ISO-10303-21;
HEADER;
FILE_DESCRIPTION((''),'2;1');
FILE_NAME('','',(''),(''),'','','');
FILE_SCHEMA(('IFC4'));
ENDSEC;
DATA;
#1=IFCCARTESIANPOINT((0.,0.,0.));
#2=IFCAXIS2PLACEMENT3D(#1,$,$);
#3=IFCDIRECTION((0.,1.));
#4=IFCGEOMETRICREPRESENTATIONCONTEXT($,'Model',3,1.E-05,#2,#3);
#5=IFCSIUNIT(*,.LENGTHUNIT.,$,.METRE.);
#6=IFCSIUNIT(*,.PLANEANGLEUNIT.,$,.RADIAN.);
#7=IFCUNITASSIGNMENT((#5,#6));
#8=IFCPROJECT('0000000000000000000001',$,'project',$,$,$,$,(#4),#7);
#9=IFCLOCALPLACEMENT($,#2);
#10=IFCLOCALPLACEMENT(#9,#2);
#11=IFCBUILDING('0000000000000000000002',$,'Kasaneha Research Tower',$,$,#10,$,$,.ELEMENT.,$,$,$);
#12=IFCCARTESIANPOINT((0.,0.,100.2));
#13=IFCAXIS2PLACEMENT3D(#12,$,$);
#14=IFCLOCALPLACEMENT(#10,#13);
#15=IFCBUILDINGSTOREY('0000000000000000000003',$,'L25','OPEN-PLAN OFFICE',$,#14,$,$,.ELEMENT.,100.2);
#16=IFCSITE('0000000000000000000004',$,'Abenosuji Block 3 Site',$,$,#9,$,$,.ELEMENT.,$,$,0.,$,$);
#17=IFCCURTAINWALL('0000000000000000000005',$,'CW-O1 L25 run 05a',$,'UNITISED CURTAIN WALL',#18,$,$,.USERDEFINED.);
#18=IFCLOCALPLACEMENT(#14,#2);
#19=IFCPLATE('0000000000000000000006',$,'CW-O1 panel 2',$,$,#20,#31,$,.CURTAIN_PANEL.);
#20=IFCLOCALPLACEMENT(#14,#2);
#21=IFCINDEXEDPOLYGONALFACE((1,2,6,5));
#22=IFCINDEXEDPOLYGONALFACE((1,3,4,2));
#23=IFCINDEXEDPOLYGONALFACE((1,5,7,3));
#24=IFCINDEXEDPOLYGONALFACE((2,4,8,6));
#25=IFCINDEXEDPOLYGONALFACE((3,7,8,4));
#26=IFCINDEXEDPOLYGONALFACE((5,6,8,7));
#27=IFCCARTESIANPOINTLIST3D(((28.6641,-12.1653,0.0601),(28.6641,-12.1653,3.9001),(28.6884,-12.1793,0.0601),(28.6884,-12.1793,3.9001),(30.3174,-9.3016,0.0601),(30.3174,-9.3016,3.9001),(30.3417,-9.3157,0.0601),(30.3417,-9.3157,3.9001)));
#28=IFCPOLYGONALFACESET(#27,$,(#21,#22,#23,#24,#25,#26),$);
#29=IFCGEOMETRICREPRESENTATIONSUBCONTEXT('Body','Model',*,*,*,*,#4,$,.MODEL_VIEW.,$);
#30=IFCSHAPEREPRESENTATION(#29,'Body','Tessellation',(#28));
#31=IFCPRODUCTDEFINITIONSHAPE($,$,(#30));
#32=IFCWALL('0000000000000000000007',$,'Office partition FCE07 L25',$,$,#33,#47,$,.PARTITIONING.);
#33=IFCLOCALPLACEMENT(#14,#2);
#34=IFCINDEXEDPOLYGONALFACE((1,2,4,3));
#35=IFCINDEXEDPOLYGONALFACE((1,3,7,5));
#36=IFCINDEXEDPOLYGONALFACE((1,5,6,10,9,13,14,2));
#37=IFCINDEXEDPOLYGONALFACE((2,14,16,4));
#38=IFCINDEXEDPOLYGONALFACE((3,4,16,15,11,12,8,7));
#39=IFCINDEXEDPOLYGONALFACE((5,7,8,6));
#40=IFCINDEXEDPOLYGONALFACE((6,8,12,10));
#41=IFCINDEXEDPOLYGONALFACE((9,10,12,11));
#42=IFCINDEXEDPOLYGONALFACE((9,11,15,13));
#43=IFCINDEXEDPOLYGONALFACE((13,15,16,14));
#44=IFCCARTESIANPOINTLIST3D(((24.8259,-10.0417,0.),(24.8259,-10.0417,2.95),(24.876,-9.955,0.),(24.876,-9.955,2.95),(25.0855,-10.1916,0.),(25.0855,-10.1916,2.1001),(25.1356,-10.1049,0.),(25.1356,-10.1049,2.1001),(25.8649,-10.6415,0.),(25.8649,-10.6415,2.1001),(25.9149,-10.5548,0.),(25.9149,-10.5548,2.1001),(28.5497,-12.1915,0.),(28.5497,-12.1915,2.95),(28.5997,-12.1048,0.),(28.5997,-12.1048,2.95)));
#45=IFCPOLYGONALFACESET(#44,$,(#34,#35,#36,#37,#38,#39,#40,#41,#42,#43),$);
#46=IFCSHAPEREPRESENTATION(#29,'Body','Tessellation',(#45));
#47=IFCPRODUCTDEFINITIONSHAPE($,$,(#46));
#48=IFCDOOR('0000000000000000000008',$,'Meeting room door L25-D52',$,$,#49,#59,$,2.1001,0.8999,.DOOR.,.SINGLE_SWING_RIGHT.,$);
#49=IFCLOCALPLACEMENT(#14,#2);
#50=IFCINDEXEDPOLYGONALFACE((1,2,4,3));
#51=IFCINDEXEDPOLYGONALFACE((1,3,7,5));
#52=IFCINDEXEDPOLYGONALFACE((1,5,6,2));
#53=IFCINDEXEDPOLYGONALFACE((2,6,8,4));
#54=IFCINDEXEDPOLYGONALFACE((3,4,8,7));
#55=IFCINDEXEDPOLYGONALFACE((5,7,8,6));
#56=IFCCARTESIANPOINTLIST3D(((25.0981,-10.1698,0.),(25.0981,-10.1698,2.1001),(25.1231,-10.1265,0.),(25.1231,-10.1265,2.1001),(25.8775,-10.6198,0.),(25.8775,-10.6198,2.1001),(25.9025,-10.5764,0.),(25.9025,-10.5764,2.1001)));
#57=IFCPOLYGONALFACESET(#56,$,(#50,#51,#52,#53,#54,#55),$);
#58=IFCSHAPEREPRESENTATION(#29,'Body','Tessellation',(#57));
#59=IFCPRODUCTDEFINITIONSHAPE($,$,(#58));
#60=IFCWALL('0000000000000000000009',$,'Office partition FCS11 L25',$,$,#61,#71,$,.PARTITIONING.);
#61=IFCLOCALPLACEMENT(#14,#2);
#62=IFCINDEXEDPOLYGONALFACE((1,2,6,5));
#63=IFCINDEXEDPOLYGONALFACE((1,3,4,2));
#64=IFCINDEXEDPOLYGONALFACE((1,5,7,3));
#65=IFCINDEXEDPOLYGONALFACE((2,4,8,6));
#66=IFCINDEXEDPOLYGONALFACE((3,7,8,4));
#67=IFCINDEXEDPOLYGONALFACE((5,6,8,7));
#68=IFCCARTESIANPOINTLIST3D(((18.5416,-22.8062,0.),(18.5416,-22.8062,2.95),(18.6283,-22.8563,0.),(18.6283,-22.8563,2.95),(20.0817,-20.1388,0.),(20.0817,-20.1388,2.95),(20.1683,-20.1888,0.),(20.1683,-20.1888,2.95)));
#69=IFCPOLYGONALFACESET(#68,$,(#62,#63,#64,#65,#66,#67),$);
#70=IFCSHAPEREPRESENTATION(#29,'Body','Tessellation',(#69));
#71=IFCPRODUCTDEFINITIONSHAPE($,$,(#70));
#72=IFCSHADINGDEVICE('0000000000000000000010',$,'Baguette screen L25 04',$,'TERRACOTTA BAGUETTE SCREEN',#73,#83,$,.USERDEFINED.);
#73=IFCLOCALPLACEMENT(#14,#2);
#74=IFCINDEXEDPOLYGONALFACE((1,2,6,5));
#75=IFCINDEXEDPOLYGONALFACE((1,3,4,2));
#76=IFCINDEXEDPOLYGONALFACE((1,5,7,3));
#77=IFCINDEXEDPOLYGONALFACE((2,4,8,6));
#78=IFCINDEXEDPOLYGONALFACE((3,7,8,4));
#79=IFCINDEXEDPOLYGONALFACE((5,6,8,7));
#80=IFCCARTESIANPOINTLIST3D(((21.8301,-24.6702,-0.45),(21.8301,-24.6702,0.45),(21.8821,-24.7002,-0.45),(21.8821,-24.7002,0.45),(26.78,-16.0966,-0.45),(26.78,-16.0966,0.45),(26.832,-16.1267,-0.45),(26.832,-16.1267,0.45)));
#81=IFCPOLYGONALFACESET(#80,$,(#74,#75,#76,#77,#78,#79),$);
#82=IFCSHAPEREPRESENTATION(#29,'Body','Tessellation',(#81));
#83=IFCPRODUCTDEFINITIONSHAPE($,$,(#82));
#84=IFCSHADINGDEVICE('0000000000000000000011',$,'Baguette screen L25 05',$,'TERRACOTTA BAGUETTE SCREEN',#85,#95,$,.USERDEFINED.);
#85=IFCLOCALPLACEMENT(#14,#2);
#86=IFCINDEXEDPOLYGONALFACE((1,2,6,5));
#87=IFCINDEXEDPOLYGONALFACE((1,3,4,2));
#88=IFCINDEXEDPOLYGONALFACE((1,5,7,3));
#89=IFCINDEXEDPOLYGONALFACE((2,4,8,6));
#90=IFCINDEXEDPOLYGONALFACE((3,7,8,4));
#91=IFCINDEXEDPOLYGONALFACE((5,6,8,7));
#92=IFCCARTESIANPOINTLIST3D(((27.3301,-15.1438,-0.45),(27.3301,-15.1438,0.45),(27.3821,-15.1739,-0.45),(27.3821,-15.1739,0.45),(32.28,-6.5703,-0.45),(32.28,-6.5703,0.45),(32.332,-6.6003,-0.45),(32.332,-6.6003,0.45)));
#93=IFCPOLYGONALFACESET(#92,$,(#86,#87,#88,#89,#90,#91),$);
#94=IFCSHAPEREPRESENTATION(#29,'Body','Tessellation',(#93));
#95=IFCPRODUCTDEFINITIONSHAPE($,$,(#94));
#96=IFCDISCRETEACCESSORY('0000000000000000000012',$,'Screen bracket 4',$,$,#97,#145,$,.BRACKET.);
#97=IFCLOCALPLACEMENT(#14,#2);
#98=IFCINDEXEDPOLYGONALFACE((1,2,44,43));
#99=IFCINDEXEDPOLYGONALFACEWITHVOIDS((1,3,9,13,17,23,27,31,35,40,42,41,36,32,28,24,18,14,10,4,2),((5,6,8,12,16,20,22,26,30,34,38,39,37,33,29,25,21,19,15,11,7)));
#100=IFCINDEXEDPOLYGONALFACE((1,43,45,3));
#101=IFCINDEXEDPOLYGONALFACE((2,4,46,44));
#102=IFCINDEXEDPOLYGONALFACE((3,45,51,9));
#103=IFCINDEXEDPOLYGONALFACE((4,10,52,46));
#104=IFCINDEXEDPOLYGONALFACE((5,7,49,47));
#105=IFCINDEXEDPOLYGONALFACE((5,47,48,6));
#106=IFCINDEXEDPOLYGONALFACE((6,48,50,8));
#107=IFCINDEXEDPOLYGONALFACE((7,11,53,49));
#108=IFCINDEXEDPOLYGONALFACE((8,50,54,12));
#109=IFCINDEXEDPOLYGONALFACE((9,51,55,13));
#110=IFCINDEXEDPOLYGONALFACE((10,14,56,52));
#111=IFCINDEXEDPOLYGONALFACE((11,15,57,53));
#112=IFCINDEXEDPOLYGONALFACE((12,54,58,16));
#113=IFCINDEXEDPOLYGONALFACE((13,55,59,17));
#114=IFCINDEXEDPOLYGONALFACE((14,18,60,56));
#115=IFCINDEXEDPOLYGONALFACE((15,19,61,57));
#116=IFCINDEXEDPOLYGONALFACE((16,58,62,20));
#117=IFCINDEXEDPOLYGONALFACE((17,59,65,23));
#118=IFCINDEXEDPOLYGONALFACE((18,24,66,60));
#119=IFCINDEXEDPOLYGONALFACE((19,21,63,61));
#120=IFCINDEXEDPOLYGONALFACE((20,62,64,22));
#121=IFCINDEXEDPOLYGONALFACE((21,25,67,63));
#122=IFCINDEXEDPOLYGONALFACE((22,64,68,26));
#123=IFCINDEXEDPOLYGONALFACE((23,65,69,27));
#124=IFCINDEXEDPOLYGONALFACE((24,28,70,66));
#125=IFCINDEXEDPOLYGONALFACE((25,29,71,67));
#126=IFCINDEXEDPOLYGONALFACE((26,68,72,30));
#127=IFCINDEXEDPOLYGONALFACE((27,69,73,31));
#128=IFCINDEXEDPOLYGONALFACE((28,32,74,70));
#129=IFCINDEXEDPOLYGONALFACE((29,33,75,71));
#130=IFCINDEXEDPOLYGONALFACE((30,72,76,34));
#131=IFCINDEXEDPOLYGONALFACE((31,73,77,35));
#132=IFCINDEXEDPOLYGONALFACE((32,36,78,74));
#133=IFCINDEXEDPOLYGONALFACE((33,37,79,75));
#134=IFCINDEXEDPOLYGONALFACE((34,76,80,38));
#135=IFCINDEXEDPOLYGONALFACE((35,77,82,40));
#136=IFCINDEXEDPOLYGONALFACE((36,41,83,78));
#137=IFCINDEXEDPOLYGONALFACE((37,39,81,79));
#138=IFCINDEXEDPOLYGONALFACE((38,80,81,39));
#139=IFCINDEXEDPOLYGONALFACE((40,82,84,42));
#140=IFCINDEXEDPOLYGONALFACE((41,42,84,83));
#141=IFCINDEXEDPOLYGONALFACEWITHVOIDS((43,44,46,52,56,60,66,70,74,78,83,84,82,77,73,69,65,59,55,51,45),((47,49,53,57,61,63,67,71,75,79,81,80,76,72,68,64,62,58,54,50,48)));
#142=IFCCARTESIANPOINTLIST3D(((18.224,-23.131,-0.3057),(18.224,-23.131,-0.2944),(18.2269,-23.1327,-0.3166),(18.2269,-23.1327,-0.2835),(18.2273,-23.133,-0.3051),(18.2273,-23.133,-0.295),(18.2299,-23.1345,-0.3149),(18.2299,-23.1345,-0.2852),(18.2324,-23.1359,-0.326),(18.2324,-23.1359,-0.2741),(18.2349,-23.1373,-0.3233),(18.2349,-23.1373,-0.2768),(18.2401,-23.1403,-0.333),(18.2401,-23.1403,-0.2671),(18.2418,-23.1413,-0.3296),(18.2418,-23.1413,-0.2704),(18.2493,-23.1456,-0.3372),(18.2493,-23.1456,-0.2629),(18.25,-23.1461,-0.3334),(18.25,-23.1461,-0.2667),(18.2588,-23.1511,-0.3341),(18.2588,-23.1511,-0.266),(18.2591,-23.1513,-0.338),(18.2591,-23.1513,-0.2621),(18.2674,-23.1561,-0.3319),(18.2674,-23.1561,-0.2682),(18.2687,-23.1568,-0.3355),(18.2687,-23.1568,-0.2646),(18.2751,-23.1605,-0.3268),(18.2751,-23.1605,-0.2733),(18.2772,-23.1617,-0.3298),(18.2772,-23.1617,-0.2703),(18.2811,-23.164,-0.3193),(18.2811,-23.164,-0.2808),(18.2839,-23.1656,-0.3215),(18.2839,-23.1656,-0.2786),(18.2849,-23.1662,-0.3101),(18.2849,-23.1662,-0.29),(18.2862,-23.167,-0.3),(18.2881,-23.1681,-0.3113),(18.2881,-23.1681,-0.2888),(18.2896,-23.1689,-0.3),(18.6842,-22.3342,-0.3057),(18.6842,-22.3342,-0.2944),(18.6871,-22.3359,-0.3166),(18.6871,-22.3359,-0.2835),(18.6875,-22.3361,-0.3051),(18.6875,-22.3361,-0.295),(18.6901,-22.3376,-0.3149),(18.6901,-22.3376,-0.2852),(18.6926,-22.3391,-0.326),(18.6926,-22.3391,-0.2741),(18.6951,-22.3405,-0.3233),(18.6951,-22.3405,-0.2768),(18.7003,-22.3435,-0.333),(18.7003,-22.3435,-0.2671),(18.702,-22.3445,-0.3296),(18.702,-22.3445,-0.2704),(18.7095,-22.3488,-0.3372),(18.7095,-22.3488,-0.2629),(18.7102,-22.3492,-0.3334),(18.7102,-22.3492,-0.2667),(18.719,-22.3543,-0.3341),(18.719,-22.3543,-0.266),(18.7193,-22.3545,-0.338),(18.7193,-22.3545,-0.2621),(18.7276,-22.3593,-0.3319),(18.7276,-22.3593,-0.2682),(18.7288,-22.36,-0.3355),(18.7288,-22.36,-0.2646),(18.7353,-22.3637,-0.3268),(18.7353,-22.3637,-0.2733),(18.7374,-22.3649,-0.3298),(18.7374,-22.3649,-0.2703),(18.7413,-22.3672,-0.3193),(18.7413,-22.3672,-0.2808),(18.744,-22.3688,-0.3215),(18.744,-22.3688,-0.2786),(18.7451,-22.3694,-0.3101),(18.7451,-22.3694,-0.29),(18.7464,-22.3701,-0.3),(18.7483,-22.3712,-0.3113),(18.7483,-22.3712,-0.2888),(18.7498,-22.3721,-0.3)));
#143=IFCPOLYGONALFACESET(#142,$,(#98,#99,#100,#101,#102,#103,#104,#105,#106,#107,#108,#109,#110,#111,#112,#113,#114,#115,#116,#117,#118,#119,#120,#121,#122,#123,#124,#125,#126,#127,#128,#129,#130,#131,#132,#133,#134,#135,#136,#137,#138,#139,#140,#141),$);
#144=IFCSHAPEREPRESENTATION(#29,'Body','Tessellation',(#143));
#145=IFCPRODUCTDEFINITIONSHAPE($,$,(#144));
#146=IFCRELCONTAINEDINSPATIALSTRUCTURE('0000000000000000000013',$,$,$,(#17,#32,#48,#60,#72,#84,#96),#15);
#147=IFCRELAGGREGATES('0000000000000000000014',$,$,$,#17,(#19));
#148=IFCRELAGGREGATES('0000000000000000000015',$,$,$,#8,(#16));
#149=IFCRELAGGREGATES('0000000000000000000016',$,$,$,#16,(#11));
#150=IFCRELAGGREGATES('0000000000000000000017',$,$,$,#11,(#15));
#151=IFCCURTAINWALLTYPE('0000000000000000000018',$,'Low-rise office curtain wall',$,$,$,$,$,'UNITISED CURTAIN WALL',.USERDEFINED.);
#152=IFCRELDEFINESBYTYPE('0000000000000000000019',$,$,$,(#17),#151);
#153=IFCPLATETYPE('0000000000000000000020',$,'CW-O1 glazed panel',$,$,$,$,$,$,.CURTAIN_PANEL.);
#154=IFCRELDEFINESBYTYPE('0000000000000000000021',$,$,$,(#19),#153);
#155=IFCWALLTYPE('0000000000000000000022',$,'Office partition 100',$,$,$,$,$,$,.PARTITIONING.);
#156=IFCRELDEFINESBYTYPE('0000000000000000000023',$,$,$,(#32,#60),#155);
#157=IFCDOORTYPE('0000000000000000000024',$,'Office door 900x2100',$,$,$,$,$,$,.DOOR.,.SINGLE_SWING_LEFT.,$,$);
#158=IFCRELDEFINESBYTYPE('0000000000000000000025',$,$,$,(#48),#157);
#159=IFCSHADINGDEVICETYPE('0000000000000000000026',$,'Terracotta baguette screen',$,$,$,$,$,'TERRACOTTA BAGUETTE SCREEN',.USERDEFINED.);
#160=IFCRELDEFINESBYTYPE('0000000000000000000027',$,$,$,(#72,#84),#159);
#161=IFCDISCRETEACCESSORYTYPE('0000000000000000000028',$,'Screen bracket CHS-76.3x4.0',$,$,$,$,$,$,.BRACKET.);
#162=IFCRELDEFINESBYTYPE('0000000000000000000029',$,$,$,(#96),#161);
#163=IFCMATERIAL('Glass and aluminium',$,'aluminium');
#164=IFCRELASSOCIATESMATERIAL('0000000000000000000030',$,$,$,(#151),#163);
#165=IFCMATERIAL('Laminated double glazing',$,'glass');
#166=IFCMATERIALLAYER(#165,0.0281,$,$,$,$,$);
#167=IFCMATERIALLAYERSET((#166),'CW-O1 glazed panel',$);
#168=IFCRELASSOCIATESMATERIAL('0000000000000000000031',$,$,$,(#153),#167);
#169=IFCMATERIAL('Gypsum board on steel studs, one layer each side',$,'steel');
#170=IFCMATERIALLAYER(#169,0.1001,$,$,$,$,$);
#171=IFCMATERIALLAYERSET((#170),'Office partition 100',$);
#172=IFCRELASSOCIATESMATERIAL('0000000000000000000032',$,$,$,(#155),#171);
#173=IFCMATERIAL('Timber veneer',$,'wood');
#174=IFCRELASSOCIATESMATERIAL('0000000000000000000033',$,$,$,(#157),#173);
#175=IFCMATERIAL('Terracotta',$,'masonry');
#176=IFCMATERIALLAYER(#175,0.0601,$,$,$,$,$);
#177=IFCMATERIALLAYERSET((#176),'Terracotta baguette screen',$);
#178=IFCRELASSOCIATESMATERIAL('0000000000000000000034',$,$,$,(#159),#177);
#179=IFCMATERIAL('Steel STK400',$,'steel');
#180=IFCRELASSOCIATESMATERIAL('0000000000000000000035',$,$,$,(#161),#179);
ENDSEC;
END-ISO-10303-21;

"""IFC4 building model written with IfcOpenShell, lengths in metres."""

from ifc_helpers import new_model, si_unit, direction, frame, frame_2d, origin, origin_2d, place, context, subcontext, project, spatial, rectangle, hollow_circle, extrude, material, layer, layer_set, material_profile, profile_set, type_object, element, fill, aggregate, save


model = new_model("IFC4")

# Units and contexts
model_context = context("Model", 3, precision=1e-05, world=origin(), true_north=direction((0.0, 1.0)))
body_context = subcontext(model_context, "Body", "Model", "MODEL_VIEW")
ifc_project = project(units=[si_unit("LENGTHUNIT", "METRE"), si_unit("PLANEANGLEUNIT", "RADIAN")], contexts=[model_context])

# Site, building, storey
site_placement = place(None, origin())
site = spatial("IfcSite", under=ifc_project, at=site_placement, Name="Abenosuji Block 3 Site", CompositionType="ELEMENT", RefElevation=0.0)
building_placement = place(site_placement, origin())
building = spatial("IfcBuilding", under=site, at=building_placement, Name="Kasaneha Research Tower", CompositionType="ELEMENT")
storey_placement = place(building_placement, frame((0.0, 0.0, 100.2)))
storey = spatial("IfcBuildingStorey", under=building, at=storey_placement, Name="L25", Description="OPEN-PLAN OFFICE", CompositionType="ELEMENT", Elevation=100.2)

# Curtain wall
ifc_material_1 = material(Name="Glass and aluminium", Category="aluminium")
curtain_wall_type = type_object("IfcCurtainWallType", Name="Low-rise office curtain wall", ElementType="UNITISED CURTAIN WALL", PredefinedType="USERDEFINED", material=ifc_material_1)
curtain_wall_1_placement = place(storey_placement, origin())
curtain_wall_1 = element("IfcCurtainWall", 1, at=curtain_wall_1_placement, inside=storey, type_object=curtain_wall_type, Name="CW-O1 L25 run 05a", ObjectType="UNITISED CURTAIN WALL", PredefinedType="USERDEFINED")

# Plate
ifc_material_2 = material(Name="Laminated double glazing", Category="glass")
ifc_layer_1 = layer(ifc_material_2, 0.0281)
ifc_layer_set_1 = layer_set([ifc_layer_1], Name="CW-O1 glazed panel")
plate_type = type_object("IfcPlateType", Name="CW-O1 glazed panel", PredefinedType="CURTAIN_PANEL", material=ifc_layer_set_1)
plate_1_placement = place(storey_placement, frame((29.5029, -10.7405, 0.0601), z_axis=(0.0, 0.0, 1.0), x_axis=(0.5, 0.866025, 0.0)))
plate_1 = element("IfcPlate", 2, at=plate_1_placement, type_object=plate_type, Name="CW-O1 panel 2", PredefinedType="CURTAIN_PANEL", context=body_context, shape_type="SweptSolid", body=[
    extrude(rectangle(XDim=3.3066, YDim=0.0281, at=origin_2d()), origin(), (0.0, 0.0, 1.0), 3.8401),
])
aggregate(curtain_wall_1, [plate_1])

# Wall, opening, door
ifc_material_3 = material(Name="Gypsum board on steel studs, one layer each side", Category="steel")
ifc_layer_2 = layer(ifc_material_3, 0.1001)
ifc_layer_set_2 = layer_set([ifc_layer_2], Name="Office partition 100")
wall_type = type_object("IfcWallType", Name="Office partition 100", PredefinedType="PARTITIONING", material=ifc_layer_set_2)
wall_1_placement = place(storey_placement, frame((28.5747, -12.1482, 0.0), z_axis=(0.0, 0.0, 1.0), x_axis=(-0.866033, 0.499986, 0.0)))
wall_1 = element("IfcWall", 3, at=wall_1_placement, inside=storey, type_object=wall_type, Name="Office partition FCE07 L25", PredefinedType="PARTITIONING", context=body_context, shape_type="SweptSolid", body=[
    extrude(rectangle(XDim=4.2998, YDim=0.1001, at=frame_2d((2.1499, 0.0))), origin(), (0.0, 0.0, 1.0), 2.95),
])
opening_placement = place(wall_1_placement, frame((3.1001, 0.0, 0.0)))
opening = element("IfcOpeningElement", 4, at=opening_placement, cuts=wall_1, PredefinedType="OPENING", context=body_context, shape_type="SweptSolid", body=[
    extrude(rectangle(XDim=0.8999, YDim=2.1001, at=frame_2d((0.45, 1.05))), frame((0.0, 0.0601, 0.0), z_axis=(0.0, -1.0, 0.0), x_axis=(1.0, 0.0, 0.0)), (0.0, 0.0, 1.0), 0.1201),
])
ifc_material_4 = material(Name="Timber veneer", Category="wood")
door_type = type_object("IfcDoorType", Name="Office door 900x2100", OperationType="SINGLE_SWING_LEFT", PredefinedType="DOOR", material=ifc_material_4)
door_placement = place(opening_placement, origin())
door = element("IfcDoor", 5, at=door_placement, inside=storey, type_object=door_type, Name="Meeting room door L25-D52", OperationType="SINGLE_SWING_RIGHT", OverallHeight=2.1001, OverallWidth=0.8999, PredefinedType="DOOR", context=body_context, shape_type="SweptSolid", body=[
    extrude(rectangle(XDim=0.8999, YDim=2.1001, at=frame_2d((0.45, 1.05))), frame((0.0, 0.0249, 0.0), z_axis=(0.0, -1.0, 0.0), x_axis=(1.0, 0.0, 0.0)), (0.0, 0.0, 1.0), 0.05),
])
fill(opening, door)

# Wall
wall_2_placement = place(storey_placement, frame((20.125, -20.1638, 0.0), z_axis=(0.0, 0.0, 1.0), x_axis=(-0.499992, -0.86603, 0.0)))
element("IfcWall", 6, at=wall_2_placement, inside=storey, type_object=wall_type, Name="Office partition FCS11 L25", PredefinedType="PARTITIONING", context=body_context, shape_type="SweptSolid", body=[
    extrude(rectangle(XDim=3.0801, YDim=0.1001, at=frame_2d((1.54, 0.0))), origin(), (0.0, 0.0, 1.0), 2.95),
])

# Shading devices
ifc_material_5 = material(Name="Terracotta", Category="masonry")
ifc_layer_3 = layer(ifc_material_5, 0.0601)
ifc_layer_set_3 = layer_set([ifc_layer_3], Name="Terracotta baguette screen")
shading_device_type = type_object("IfcShadingDeviceType", Name="Terracotta baguette screen", ElementType="TERRACOTTA BAGUETTE SCREEN", PredefinedType="USERDEFINED", material=ifc_layer_set_3)
for number, where, z_axis, x_axis, name in (
    (7, (24.3311, -20.3984, -0.45), (0.0, 0.0, 1.0), (0.5, 0.866025, 0.0), "Baguette screen L25 04"),
    (8, (29.8311, -10.8721, -0.45), (0.0, 0.0, 1.0), (0.5, 0.866025, 0.0), "Baguette screen L25 05"),
):
    element("IfcShadingDevice", number, at=place(storey_placement, frame(where, z_axis=z_axis, x_axis=x_axis)), inside=storey, type_object=shading_device_type, Name=name, ObjectType="TERRACOTTA BAGUETTE SCREEN", PredefinedType="USERDEFINED", context=body_context, shape_type="SweptSolid", body=[
        extrude(rectangle(XDim=9.8999, YDim=0.0601, at=origin_2d()), origin(), (0.0, 0.0, 1.0), 0.8999),
    ])

# Discrete accessory
ifc_material_6 = material(Name="Steel STK400", Category="steel")
ifc_material_profile_1 = material_profile(ifc_material_6, hollow_circle(Radius=0.0381, WallThickness=0.0039, at=origin_2d()), Name="CHS-76.3x4.0")
ifc_profile_set_1 = profile_set([ifc_material_profile_1], Name="Steel STK400")
discrete_accessory_type = type_object("IfcDiscreteAccessoryType", Name="Screen bracket CHS-76.3x4.0", PredefinedType="BRACKET", material=ifc_profile_set_1)
discrete_accessory_1_placement = place(storey_placement, frame((18.7168, -22.353, -0.3), z_axis=(-0.500105, -0.865965, 0.0), x_axis=(0.865965, -0.500105, 0.0)))
element("IfcDiscreteAccessory", 9, at=discrete_accessory_1_placement, inside=storey, type_object=discrete_accessory_type, Name="Screen bracket 4", PredefinedType="BRACKET", context=body_context, shape_type="SweptSolid", body=[
    extrude(hollow_circle(Radius=0.0381, WallThickness=0.0039, at=origin_2d()), origin(), (0.0, 0.0, 1.0), 0.9202),
])

save(model, "model.ifc")
